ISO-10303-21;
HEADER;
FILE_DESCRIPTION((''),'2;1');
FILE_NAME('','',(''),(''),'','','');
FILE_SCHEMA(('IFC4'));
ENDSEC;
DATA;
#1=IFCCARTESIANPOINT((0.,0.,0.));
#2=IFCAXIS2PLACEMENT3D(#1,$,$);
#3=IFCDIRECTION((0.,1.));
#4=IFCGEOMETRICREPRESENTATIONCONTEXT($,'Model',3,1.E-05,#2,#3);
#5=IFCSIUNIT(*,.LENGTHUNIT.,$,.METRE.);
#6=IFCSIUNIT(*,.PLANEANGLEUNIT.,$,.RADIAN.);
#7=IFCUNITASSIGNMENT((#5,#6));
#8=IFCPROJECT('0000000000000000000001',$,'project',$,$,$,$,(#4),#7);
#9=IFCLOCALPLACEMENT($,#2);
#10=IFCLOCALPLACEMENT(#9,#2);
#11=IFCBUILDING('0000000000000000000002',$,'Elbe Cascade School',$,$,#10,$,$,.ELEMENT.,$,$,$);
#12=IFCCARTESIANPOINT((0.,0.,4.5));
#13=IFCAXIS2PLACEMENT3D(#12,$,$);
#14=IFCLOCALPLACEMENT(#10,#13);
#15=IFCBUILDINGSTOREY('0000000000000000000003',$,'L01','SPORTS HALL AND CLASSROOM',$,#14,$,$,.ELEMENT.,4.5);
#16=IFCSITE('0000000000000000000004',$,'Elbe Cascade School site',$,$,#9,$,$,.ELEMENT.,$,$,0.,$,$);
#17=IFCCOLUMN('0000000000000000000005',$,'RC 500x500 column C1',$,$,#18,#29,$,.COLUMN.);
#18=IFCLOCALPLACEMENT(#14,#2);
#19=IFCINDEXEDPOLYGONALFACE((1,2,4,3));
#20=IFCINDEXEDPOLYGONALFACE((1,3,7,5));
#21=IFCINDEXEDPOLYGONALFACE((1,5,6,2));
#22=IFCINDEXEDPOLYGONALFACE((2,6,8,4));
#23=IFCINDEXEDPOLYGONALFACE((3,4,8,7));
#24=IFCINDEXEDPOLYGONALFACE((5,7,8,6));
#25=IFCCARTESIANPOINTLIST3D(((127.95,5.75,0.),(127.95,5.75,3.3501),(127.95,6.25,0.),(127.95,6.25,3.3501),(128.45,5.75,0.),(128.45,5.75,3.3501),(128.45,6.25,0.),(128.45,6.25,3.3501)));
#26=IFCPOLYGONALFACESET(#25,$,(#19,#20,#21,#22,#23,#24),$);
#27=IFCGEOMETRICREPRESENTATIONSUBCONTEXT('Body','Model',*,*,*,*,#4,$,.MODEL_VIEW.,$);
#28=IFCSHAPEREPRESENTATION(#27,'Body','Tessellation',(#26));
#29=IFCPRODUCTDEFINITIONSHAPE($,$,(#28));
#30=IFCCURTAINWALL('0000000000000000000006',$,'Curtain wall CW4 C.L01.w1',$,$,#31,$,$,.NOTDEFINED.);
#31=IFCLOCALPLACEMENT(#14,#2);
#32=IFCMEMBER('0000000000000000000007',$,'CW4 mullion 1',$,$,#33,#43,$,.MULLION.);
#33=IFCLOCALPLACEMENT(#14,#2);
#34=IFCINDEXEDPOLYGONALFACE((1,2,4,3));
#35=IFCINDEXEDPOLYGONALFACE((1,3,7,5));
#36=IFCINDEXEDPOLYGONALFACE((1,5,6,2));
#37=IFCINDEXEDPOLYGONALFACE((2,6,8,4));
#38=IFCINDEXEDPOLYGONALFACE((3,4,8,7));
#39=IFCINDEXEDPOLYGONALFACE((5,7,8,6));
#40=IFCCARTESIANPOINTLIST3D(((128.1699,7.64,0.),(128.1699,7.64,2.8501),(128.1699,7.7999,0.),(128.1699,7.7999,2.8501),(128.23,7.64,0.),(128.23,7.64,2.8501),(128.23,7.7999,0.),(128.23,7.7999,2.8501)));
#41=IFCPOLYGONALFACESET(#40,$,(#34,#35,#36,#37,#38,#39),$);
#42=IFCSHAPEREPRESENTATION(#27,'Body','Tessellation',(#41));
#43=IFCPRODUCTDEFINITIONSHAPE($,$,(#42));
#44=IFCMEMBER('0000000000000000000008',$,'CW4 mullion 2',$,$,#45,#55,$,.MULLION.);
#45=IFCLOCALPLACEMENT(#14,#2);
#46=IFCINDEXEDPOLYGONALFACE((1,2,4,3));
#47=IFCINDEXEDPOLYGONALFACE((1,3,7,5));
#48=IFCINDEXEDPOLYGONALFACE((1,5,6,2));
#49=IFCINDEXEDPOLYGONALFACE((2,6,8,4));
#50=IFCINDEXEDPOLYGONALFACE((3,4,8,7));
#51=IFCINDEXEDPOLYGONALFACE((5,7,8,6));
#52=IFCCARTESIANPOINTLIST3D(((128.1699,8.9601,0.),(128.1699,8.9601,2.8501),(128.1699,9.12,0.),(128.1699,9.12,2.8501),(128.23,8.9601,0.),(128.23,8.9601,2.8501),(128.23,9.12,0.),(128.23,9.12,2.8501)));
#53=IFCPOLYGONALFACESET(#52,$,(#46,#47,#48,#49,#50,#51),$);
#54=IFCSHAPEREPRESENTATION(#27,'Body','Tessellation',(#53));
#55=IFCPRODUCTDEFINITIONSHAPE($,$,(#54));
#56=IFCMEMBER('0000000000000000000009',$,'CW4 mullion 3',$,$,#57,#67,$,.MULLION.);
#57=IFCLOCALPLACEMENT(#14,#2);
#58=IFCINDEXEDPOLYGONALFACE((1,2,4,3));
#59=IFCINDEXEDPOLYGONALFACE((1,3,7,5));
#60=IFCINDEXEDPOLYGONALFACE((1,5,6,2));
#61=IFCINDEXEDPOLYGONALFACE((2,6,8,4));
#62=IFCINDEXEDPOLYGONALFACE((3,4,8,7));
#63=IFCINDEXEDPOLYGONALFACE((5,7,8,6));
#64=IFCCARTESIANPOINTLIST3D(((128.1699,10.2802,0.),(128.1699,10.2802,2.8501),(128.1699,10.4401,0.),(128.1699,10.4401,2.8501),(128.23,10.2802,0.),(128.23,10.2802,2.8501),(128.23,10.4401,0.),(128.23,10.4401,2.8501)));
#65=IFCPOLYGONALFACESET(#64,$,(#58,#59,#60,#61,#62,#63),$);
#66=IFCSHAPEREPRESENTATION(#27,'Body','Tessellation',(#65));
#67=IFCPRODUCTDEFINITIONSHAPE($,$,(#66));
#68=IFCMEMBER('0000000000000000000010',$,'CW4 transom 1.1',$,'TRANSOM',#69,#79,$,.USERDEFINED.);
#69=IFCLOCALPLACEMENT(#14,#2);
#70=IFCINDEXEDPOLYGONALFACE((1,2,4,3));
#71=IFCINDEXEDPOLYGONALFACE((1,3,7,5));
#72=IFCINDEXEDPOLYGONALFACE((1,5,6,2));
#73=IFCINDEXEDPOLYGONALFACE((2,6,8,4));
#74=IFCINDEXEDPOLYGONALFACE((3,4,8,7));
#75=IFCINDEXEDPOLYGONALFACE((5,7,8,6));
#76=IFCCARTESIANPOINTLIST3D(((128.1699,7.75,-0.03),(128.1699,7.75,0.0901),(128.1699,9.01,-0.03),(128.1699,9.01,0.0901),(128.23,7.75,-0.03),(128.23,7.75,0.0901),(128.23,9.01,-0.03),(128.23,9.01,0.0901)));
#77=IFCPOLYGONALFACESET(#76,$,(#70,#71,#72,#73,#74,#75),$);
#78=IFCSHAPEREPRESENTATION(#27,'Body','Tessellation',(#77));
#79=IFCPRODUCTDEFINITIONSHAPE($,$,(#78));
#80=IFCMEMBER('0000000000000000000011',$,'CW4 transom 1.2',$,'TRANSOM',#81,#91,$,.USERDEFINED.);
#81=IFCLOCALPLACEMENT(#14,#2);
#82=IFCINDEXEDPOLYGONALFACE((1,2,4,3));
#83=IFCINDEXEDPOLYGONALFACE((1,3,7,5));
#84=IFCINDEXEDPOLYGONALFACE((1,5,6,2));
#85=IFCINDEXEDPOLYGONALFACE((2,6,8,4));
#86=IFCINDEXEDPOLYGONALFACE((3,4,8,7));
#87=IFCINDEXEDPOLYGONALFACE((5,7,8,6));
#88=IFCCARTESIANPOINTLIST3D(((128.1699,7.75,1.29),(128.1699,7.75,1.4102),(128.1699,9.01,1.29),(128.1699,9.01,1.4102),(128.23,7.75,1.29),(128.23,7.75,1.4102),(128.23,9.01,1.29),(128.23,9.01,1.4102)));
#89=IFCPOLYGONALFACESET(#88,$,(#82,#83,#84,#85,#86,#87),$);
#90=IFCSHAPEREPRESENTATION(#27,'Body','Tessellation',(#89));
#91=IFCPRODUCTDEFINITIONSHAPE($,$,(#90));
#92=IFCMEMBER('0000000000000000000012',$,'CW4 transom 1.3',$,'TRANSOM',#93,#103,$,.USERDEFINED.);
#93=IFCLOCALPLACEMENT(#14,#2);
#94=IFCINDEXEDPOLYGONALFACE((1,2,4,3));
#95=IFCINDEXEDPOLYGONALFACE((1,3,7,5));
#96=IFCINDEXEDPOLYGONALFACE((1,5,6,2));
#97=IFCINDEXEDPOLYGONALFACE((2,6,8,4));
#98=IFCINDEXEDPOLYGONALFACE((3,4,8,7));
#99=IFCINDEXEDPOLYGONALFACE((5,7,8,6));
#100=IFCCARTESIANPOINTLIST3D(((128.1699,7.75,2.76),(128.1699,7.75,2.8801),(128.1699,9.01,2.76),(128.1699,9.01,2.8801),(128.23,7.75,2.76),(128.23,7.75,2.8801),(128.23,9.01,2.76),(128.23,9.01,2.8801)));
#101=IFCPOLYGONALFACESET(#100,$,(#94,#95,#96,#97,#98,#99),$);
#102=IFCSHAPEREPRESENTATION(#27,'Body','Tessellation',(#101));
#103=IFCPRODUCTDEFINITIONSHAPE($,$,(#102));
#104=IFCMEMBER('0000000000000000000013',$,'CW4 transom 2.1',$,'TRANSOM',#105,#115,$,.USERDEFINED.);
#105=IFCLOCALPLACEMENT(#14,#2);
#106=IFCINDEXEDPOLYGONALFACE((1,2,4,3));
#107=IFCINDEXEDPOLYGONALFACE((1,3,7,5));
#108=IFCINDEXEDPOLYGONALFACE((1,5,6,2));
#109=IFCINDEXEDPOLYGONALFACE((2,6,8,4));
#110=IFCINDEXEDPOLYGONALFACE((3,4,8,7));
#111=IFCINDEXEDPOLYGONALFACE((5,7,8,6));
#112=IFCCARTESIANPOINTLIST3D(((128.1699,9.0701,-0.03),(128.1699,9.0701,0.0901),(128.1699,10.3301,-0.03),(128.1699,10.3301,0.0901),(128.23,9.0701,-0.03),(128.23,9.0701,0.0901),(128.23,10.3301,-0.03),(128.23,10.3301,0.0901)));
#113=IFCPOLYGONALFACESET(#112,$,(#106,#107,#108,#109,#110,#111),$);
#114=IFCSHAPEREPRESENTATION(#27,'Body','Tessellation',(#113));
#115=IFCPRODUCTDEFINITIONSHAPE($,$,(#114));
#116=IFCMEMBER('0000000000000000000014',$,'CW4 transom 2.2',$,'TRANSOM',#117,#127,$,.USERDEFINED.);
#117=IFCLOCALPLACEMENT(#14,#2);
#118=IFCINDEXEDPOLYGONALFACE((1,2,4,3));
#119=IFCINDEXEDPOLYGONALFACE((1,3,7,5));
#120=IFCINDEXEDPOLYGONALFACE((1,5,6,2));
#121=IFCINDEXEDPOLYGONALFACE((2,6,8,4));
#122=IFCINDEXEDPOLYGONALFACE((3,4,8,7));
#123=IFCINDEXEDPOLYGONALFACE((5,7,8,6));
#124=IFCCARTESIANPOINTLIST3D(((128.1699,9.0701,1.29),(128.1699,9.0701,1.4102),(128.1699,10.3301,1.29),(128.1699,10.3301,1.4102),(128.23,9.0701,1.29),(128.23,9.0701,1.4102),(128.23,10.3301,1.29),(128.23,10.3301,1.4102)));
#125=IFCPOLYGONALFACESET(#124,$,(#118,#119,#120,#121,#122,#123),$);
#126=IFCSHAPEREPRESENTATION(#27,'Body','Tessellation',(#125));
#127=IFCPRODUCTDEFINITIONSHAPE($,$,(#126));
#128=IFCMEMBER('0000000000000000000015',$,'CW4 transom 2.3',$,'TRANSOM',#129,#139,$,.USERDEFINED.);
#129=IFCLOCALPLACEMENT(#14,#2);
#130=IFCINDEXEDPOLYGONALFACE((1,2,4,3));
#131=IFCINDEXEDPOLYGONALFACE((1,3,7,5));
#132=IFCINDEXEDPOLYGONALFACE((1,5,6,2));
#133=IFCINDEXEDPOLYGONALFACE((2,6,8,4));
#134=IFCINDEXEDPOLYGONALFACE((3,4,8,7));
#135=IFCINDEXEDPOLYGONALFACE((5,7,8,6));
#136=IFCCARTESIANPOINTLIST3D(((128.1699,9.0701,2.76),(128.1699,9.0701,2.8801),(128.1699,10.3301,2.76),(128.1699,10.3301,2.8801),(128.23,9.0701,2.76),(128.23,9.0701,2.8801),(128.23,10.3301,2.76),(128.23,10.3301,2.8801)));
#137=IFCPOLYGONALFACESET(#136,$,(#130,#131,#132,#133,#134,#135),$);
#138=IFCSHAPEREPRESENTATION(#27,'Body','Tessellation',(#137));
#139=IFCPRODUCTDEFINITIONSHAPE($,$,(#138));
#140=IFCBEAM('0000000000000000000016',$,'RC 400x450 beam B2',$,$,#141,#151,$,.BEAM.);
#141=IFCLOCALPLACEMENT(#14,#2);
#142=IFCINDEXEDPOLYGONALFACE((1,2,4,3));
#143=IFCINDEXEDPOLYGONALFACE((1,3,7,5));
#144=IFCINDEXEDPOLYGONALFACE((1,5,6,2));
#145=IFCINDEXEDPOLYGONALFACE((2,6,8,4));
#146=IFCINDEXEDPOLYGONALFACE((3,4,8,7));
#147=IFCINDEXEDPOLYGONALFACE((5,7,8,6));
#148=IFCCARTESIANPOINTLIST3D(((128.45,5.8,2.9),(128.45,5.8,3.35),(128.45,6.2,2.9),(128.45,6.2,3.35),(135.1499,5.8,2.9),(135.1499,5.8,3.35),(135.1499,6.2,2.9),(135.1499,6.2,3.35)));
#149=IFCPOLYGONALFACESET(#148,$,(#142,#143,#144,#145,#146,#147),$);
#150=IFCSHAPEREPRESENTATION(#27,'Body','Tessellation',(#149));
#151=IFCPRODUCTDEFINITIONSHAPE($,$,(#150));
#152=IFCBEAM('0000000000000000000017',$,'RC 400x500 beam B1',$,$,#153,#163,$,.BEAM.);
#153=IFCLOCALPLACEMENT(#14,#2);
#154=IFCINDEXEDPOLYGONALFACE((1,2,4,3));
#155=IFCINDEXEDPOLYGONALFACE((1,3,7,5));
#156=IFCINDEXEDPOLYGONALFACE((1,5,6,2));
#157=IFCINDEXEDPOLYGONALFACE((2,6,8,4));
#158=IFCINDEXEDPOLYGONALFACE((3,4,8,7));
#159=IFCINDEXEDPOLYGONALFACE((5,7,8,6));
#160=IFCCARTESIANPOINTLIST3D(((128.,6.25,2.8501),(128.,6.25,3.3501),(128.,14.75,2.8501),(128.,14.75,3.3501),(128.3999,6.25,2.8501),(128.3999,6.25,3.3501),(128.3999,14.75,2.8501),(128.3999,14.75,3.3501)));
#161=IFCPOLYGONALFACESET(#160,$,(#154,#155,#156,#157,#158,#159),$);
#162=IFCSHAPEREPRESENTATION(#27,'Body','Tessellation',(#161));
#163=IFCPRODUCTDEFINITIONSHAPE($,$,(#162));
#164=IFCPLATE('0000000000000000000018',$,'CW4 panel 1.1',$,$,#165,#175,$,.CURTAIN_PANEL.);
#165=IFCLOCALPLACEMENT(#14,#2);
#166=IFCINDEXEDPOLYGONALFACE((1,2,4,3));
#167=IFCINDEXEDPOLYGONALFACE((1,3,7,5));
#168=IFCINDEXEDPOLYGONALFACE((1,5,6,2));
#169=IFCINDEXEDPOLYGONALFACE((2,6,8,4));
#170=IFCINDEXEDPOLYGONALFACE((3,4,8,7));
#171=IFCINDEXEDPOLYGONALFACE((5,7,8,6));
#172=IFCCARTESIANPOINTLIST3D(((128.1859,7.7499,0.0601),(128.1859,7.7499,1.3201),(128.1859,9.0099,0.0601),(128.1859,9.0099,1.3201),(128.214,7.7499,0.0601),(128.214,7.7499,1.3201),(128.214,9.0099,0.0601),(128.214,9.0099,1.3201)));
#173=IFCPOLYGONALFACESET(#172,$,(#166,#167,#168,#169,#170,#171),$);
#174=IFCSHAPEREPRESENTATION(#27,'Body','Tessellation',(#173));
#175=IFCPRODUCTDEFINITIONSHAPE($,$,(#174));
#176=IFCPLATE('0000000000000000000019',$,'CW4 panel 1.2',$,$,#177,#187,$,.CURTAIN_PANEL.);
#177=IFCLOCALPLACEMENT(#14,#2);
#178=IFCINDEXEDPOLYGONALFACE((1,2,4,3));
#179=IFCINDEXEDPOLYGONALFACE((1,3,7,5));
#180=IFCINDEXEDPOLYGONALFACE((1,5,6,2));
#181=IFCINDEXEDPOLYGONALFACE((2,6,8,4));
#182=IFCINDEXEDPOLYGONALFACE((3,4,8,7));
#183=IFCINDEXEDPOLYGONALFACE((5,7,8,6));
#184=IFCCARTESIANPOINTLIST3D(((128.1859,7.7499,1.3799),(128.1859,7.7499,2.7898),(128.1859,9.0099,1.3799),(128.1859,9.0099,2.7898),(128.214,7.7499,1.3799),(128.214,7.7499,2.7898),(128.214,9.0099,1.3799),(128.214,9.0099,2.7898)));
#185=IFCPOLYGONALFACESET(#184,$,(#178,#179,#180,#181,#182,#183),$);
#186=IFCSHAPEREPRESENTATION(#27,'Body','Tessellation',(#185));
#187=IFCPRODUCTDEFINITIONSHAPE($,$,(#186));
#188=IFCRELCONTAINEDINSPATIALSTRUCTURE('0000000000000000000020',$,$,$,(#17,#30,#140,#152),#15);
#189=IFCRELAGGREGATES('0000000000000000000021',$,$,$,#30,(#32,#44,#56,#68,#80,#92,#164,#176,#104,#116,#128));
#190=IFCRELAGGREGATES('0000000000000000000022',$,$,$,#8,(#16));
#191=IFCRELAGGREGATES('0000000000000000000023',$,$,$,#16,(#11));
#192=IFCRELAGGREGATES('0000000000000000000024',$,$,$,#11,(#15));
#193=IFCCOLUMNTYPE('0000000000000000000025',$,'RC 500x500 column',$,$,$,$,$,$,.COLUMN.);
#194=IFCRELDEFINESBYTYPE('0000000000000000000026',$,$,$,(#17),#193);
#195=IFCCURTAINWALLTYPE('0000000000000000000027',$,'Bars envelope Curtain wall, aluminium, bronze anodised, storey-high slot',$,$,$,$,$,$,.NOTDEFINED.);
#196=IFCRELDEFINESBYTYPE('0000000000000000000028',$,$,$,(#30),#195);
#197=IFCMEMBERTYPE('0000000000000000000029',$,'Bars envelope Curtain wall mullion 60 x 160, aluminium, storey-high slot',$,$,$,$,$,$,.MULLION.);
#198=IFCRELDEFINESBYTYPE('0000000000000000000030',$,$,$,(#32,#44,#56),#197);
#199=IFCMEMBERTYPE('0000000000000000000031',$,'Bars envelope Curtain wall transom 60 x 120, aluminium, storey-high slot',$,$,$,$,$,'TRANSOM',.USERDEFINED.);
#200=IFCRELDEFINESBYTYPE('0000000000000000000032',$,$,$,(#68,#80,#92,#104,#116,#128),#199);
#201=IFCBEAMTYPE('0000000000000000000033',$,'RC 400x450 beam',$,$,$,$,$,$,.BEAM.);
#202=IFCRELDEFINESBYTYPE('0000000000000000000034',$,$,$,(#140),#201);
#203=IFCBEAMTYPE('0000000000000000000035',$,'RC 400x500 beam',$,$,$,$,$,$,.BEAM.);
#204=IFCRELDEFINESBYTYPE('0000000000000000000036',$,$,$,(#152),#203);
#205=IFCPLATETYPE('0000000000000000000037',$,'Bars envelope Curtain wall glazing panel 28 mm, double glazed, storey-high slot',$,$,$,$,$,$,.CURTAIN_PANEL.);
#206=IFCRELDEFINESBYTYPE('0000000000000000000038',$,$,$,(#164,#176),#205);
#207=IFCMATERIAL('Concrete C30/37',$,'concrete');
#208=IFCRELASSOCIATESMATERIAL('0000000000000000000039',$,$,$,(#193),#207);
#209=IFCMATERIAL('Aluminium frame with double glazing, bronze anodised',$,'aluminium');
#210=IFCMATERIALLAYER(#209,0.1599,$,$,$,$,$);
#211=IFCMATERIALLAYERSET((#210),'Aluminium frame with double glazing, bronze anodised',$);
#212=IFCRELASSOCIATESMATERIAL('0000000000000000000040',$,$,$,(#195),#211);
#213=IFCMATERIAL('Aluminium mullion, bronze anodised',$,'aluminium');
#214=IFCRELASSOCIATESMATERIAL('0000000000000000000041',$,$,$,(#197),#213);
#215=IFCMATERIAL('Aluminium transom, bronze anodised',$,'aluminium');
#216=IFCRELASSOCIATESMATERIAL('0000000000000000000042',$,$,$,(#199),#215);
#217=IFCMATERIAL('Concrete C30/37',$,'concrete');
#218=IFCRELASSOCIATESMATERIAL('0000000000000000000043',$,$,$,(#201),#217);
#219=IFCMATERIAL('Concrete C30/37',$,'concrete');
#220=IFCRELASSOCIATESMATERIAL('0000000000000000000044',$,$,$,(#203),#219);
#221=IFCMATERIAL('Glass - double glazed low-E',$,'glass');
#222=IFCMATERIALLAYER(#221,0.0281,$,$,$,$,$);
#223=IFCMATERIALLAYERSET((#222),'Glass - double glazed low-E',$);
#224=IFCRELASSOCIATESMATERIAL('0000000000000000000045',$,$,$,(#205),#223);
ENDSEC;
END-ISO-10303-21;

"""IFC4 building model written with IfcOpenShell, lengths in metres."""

from ifc_helpers import new_model, si_unit, direction, frame, origin, origin_2d, place, context, subcontext, project, spatial, rectangle, extrude, material, layer, layer_set, material_profile, profile_set, type_object, element, aggregate, save


model = new_model("IFC4")

# Units and contexts
model_context = context("Model", 3, precision=1e-05, world=origin(), true_north=direction((0.0, 1.0)))
body_context = subcontext(model_context, "Body", "Model", "MODEL_VIEW")
ifc_project = project(units=[si_unit("LENGTHUNIT", "METRE"), si_unit("PLANEANGLEUNIT", "RADIAN")], contexts=[model_context])

# Site, building, storey
site_placement = place(None, origin())
site = spatial("IfcSite", under=ifc_project, at=site_placement, Name="Elbe Cascade School site", CompositionType="ELEMENT", RefElevation=0.0)
building_placement = place(site_placement, origin())
building = spatial("IfcBuilding", under=site, at=building_placement, Name="Elbe Cascade School", CompositionType="ELEMENT")
storey_placement = place(building_placement, frame((0.0, 0.0, 4.5)))
storey = spatial("IfcBuildingStorey", under=building, at=storey_placement, Name="L01", Description="SPORTS HALL AND CLASSROOM", CompositionType="ELEMENT", Elevation=4.5)

# Column
ifc_material_1 = material(Name="Concrete C30/37", Category="concrete")
ifc_material_profile_1 = material_profile(ifc_material_1, rectangle(XDim=0.5, YDim=0.5, at=origin_2d()), Name="RC 500x500")
ifc_profile_set_1 = profile_set([ifc_material_profile_1], Name="Concrete C30/37")
column_type = type_object("IfcColumnType", Name="RC 500x500 column", PredefinedType="COLUMN", material=ifc_profile_set_1)
column_placement = place(storey_placement, frame((128.2, 6.0, 0.0), z_axis=(0.0, 0.0, 1.0), x_axis=(1.0, 0.0, 0.0)))
element("IfcColumn", 1, at=column_placement, inside=storey, type_object=column_type, Name="RC 500x500 column C1", PredefinedType="COLUMN", context=body_context, shape_type="SweptSolid", body=[
    extrude(rectangle(XDim=0.5, YDim=0.5, at=origin_2d()), origin(), (0.0, 0.0, 1.0), 3.3501),
])

# Curtain wall, members
ifc_material_2 = material(Name="Aluminium frame with double glazing, bronze anodised", Category="aluminium")
ifc_layer_1 = layer(ifc_material_2, 0.1599)
ifc_layer_set_1 = layer_set([ifc_layer_1], Name="Aluminium frame with double glazing, bronze anodised")
curtain_wall_type = type_object("IfcCurtainWallType", Name="Bars envelope Curtain wall, aluminium, bronze anodised, storey-high slot", PredefinedType="NOTDEFINED", material=ifc_layer_set_1)
curtain_wall_placement = place(storey_placement, origin())
curtain_wall = element("IfcCurtainWall", 2, at=curtain_wall_placement, inside=storey, type_object=curtain_wall_type, Name="Curtain wall CW4 C.L01.w1", PredefinedType="NOTDEFINED")
ifc_material_3 = material(Name="Aluminium mullion, bronze anodised", Category="aluminium")
ifc_material_profile_2 = material_profile(ifc_material_3, rectangle(XDim=0.0601, YDim=0.1599, at=origin_2d()), Name="Bars envelope Curtain wall mullion 60 x 160, aluminium, storey-high slot")
ifc_profile_set_2 = profile_set([ifc_material_profile_2], Name="Aluminium mullion, bronze anodised")
member_type_1 = type_object("IfcMemberType", Name="Bars envelope Curtain wall mullion 60 x 160, aluminium, storey-high slot", PredefinedType="MULLION", material=ifc_profile_set_2)
member_1_placement = place(storey_placement, frame((128.2, 7.72, 0.0), z_axis=(0.0, 0.0, 1.0), x_axis=(-1.0, 0.0, 0.0)))
member_1 = element("IfcMember", 3, at=member_1_placement, type_object=member_type_1, Name="CW4 mullion 1", PredefinedType="MULLION", context=body_context, shape_type="SweptSolid", body=[
    extrude(rectangle(XDim=0.0601, YDim=0.1599, at=origin_2d()), origin(), (0.0, 0.0, 1.0), 2.8501),
])
member_2_placement = place(storey_placement, frame((128.2, 9.04, 0.0), z_axis=(0.0, 0.0, 1.0), x_axis=(-1.0, 0.0, 0.0)))
member_2 = element("IfcMember", 4, at=member_2_placement, type_object=member_type_1, Name="CW4 mullion 2", PredefinedType="MULLION", context=body_context, shape_type="SweptSolid", body=[
    extrude(rectangle(XDim=0.0601, YDim=0.1599, at=origin_2d()), origin(), (0.0, 0.0, 1.0), 2.8501),
])
member_3_placement = place(storey_placement, frame((128.2, 10.3601, 0.0), z_axis=(0.0, 0.0, 1.0), x_axis=(-1.0, 0.0, 0.0)))
member_3 = element("IfcMember", 5, at=member_3_placement, type_object=member_type_1, Name="CW4 mullion 3", PredefinedType="MULLION", context=body_context, shape_type="SweptSolid", body=[
    extrude(rectangle(XDim=0.0601, YDim=0.1599, at=origin_2d()), origin(), (0.0, 0.0, 1.0), 2.8501),
])
ifc_material_4 = material(Name="Aluminium transom, bronze anodised", Category="aluminium")
ifc_material_profile_3 = material_profile(ifc_material_4, rectangle(XDim=0.0601, YDim=0.1201, at=origin_2d()), Name="Bars envelope Curtain wall transom 60 x 120, aluminium, storey-high slot")
ifc_profile_set_3 = profile_set([ifc_material_profile_3], Name="Aluminium transom, bronze anodised")
member_type_2 = type_object("IfcMemberType", Name="Bars envelope Curtain wall transom 60 x 120, aluminium, storey-high slot", ElementType="TRANSOM", PredefinedType="USERDEFINED", material=ifc_profile_set_3)
member_4_placement = place(storey_placement, frame((128.2, 7.75, 0.03), z_axis=(0.0, 1.0, 0.0), x_axis=(-1.0, 0.0, 0.0)))
member_4 = element("IfcMember", 6, at=member_4_placement, type_object=member_type_2, Name="CW4 transom 1.1", ObjectType="TRANSOM", PredefinedType="USERDEFINED", context=body_context, shape_type="SweptSolid", body=[
    extrude(rectangle(XDim=0.0601, YDim=0.1201, at=origin_2d()), origin(), (0.0, 0.0, 1.0), 1.26),
])
member_5_placement = place(storey_placement, frame((128.2, 7.75, 1.3501), z_axis=(0.0, 1.0, 0.0), x_axis=(-1.0, 0.0, 0.0)))
member_5 = element("IfcMember", 7, at=member_5_placement, type_object=member_type_2, Name="CW4 transom 1.2", ObjectType="TRANSOM", PredefinedType="USERDEFINED", context=body_context, shape_type="SweptSolid", body=[
    extrude(rectangle(XDim=0.0601, YDim=0.1201, at=origin_2d()), origin(), (0.0, 0.0, 1.0), 1.26),
])
member_6_placement = place(storey_placement, frame((128.2, 7.75, 2.8201), z_axis=(0.0, 1.0, 0.0), x_axis=(-1.0, 0.0, 0.0)))
member_6 = element("IfcMember", 8, at=member_6_placement, type_object=member_type_2, Name="CW4 transom 1.3", ObjectType="TRANSOM", PredefinedType="USERDEFINED", context=body_context, shape_type="SweptSolid", body=[
    extrude(rectangle(XDim=0.0601, YDim=0.1201, at=origin_2d()), origin(), (0.0, 0.0, 1.0), 1.26),
])
member_7_placement = place(storey_placement, frame((128.2, 9.0701, 0.03), z_axis=(0.0, 1.0, 0.0), x_axis=(-1.0, 0.0, 0.0)))
member_7 = element("IfcMember", 9, at=member_7_placement, type_object=member_type_2, Name="CW4 transom 2.1", ObjectType="TRANSOM", PredefinedType="USERDEFINED", context=body_context, shape_type="SweptSolid", body=[
    extrude(rectangle(XDim=0.0601, YDim=0.1201, at=origin_2d()), origin(), (0.0, 0.0, 1.0), 1.26),
])
member_8_placement = place(storey_placement, frame((128.2, 9.0701, 1.3501), z_axis=(0.0, 1.0, 0.0), x_axis=(-1.0, 0.0, 0.0)))
member_8 = element("IfcMember", 10, at=member_8_placement, type_object=member_type_2, Name="CW4 transom 2.2", ObjectType="TRANSOM", PredefinedType="USERDEFINED", context=body_context, shape_type="SweptSolid", body=[
    extrude(rectangle(XDim=0.0601, YDim=0.1201, at=origin_2d()), origin(), (0.0, 0.0, 1.0), 1.26),
])
member_9_placement = place(storey_placement, frame((128.2, 9.0701, 2.8201), z_axis=(0.0, 1.0, 0.0), x_axis=(-1.0, 0.0, 0.0)))
member_9 = element("IfcMember", 11, at=member_9_placement, type_object=member_type_2, Name="CW4 transom 2.3", ObjectType="TRANSOM", PredefinedType="USERDEFINED", context=body_context, shape_type="SweptSolid", body=[
    extrude(rectangle(XDim=0.0601, YDim=0.1201, at=origin_2d()), origin(), (0.0, 0.0, 1.0), 1.26),
])

# Beams
ifc_material_5 = material(Name="Concrete C30/37", Category="concrete")
ifc_material_profile_4 = material_profile(ifc_material_5, rectangle(XDim=0.3999, YDim=0.45, at=origin_2d()), Name="RC 400x450")
ifc_profile_set_4 = profile_set([ifc_material_profile_4], Name="Concrete C30/37")
beam_type_1 = type_object("IfcBeamType", Name="RC 400x450 beam", PredefinedType="BEAM", material=ifc_profile_set_4)
beam_1_placement = place(storey_placement, frame((128.45, 6.0, 3.125), z_axis=(1.0, 0.0, 0.0), x_axis=(0.0, 1.0, 0.0)))
element("IfcBeam", 12, at=beam_1_placement, inside=storey, type_object=beam_type_1, Name="RC 400x450 beam B2", PredefinedType="BEAM", context=body_context, shape_type="SweptSolid", body=[
    extrude(rectangle(XDim=0.3999, YDim=0.45, at=origin_2d()), origin(), (0.0, 0.0, 1.0), 6.7),
])
ifc_material_6 = material(Name="Concrete C30/37", Category="concrete")
ifc_material_profile_5 = material_profile(ifc_material_6, rectangle(XDim=0.3999, YDim=0.5, at=origin_2d()), Name="RC 400x500")
ifc_profile_set_5 = profile_set([ifc_material_profile_5], Name="Concrete C30/37")
beam_type_2 = type_object("IfcBeamType", Name="RC 400x500 beam", PredefinedType="BEAM", material=ifc_profile_set_5)
beam_2_placement = place(storey_placement, frame((128.2, 6.25, 3.1001), z_axis=(0.0, 1.0, 0.0), x_axis=(-1.0, 0.0, 0.0)))
element("IfcBeam", 13, at=beam_2_placement, inside=storey, type_object=beam_type_2, Name="RC 400x500 beam B1", PredefinedType="BEAM", context=body_context, shape_type="SweptSolid", body=[
    extrude(rectangle(XDim=0.3999, YDim=0.5, at=origin_2d()), origin(), (0.0, 0.0, 1.0), 8.5),
])

# Plates
ifc_material_7 = material(Name="Glass - double glazed low-E", Category="glass")
ifc_layer_2 = layer(ifc_material_7, 0.0281)
ifc_layer_set_2 = layer_set([ifc_layer_2], Name="Glass - double glazed low-E")
plate_type = type_object("IfcPlateType", Name="Bars envelope Curtain wall glazing panel 28 mm, double glazed, storey-high slot", PredefinedType="CURTAIN_PANEL", material=ifc_layer_set_2)
plate_1_placement = place(storey_placement, frame((128.2, 8.3799, 0.0601), z_axis=(0.0, 0.0, 1.0), x_axis=(0.0, 1.0, 0.0)))
plate_1 = element("IfcPlate", 14, at=plate_1_placement, type_object=plate_type, Name="CW4 panel 1.1", PredefinedType="CURTAIN_PANEL", context=body_context, shape_type="SweptSolid", body=[
    extrude(rectangle(XDim=1.26, YDim=0.0281, at=origin_2d()), origin(), (0.0, 0.0, 1.0), 1.26),
])
plate_2_placement = place(storey_placement, frame((128.2, 8.3799, 1.3799), z_axis=(0.0, 0.0, 1.0), x_axis=(0.0, 1.0, 0.0)))
plate_2 = element("IfcPlate", 15, at=plate_2_placement, type_object=plate_type, Name="CW4 panel 1.2", PredefinedType="CURTAIN_PANEL", context=body_context, shape_type="SweptSolid", body=[
    extrude(rectangle(XDim=1.26, YDim=0.0281, at=origin_2d()), origin(), (0.0, 0.0, 1.0), 1.4099),
])
aggregate(curtain_wall, [member_1, member_2, member_3, member_4, member_5, member_6, plate_1, plate_2, member_7, member_8, member_9])

save(model, "model.ifc")
